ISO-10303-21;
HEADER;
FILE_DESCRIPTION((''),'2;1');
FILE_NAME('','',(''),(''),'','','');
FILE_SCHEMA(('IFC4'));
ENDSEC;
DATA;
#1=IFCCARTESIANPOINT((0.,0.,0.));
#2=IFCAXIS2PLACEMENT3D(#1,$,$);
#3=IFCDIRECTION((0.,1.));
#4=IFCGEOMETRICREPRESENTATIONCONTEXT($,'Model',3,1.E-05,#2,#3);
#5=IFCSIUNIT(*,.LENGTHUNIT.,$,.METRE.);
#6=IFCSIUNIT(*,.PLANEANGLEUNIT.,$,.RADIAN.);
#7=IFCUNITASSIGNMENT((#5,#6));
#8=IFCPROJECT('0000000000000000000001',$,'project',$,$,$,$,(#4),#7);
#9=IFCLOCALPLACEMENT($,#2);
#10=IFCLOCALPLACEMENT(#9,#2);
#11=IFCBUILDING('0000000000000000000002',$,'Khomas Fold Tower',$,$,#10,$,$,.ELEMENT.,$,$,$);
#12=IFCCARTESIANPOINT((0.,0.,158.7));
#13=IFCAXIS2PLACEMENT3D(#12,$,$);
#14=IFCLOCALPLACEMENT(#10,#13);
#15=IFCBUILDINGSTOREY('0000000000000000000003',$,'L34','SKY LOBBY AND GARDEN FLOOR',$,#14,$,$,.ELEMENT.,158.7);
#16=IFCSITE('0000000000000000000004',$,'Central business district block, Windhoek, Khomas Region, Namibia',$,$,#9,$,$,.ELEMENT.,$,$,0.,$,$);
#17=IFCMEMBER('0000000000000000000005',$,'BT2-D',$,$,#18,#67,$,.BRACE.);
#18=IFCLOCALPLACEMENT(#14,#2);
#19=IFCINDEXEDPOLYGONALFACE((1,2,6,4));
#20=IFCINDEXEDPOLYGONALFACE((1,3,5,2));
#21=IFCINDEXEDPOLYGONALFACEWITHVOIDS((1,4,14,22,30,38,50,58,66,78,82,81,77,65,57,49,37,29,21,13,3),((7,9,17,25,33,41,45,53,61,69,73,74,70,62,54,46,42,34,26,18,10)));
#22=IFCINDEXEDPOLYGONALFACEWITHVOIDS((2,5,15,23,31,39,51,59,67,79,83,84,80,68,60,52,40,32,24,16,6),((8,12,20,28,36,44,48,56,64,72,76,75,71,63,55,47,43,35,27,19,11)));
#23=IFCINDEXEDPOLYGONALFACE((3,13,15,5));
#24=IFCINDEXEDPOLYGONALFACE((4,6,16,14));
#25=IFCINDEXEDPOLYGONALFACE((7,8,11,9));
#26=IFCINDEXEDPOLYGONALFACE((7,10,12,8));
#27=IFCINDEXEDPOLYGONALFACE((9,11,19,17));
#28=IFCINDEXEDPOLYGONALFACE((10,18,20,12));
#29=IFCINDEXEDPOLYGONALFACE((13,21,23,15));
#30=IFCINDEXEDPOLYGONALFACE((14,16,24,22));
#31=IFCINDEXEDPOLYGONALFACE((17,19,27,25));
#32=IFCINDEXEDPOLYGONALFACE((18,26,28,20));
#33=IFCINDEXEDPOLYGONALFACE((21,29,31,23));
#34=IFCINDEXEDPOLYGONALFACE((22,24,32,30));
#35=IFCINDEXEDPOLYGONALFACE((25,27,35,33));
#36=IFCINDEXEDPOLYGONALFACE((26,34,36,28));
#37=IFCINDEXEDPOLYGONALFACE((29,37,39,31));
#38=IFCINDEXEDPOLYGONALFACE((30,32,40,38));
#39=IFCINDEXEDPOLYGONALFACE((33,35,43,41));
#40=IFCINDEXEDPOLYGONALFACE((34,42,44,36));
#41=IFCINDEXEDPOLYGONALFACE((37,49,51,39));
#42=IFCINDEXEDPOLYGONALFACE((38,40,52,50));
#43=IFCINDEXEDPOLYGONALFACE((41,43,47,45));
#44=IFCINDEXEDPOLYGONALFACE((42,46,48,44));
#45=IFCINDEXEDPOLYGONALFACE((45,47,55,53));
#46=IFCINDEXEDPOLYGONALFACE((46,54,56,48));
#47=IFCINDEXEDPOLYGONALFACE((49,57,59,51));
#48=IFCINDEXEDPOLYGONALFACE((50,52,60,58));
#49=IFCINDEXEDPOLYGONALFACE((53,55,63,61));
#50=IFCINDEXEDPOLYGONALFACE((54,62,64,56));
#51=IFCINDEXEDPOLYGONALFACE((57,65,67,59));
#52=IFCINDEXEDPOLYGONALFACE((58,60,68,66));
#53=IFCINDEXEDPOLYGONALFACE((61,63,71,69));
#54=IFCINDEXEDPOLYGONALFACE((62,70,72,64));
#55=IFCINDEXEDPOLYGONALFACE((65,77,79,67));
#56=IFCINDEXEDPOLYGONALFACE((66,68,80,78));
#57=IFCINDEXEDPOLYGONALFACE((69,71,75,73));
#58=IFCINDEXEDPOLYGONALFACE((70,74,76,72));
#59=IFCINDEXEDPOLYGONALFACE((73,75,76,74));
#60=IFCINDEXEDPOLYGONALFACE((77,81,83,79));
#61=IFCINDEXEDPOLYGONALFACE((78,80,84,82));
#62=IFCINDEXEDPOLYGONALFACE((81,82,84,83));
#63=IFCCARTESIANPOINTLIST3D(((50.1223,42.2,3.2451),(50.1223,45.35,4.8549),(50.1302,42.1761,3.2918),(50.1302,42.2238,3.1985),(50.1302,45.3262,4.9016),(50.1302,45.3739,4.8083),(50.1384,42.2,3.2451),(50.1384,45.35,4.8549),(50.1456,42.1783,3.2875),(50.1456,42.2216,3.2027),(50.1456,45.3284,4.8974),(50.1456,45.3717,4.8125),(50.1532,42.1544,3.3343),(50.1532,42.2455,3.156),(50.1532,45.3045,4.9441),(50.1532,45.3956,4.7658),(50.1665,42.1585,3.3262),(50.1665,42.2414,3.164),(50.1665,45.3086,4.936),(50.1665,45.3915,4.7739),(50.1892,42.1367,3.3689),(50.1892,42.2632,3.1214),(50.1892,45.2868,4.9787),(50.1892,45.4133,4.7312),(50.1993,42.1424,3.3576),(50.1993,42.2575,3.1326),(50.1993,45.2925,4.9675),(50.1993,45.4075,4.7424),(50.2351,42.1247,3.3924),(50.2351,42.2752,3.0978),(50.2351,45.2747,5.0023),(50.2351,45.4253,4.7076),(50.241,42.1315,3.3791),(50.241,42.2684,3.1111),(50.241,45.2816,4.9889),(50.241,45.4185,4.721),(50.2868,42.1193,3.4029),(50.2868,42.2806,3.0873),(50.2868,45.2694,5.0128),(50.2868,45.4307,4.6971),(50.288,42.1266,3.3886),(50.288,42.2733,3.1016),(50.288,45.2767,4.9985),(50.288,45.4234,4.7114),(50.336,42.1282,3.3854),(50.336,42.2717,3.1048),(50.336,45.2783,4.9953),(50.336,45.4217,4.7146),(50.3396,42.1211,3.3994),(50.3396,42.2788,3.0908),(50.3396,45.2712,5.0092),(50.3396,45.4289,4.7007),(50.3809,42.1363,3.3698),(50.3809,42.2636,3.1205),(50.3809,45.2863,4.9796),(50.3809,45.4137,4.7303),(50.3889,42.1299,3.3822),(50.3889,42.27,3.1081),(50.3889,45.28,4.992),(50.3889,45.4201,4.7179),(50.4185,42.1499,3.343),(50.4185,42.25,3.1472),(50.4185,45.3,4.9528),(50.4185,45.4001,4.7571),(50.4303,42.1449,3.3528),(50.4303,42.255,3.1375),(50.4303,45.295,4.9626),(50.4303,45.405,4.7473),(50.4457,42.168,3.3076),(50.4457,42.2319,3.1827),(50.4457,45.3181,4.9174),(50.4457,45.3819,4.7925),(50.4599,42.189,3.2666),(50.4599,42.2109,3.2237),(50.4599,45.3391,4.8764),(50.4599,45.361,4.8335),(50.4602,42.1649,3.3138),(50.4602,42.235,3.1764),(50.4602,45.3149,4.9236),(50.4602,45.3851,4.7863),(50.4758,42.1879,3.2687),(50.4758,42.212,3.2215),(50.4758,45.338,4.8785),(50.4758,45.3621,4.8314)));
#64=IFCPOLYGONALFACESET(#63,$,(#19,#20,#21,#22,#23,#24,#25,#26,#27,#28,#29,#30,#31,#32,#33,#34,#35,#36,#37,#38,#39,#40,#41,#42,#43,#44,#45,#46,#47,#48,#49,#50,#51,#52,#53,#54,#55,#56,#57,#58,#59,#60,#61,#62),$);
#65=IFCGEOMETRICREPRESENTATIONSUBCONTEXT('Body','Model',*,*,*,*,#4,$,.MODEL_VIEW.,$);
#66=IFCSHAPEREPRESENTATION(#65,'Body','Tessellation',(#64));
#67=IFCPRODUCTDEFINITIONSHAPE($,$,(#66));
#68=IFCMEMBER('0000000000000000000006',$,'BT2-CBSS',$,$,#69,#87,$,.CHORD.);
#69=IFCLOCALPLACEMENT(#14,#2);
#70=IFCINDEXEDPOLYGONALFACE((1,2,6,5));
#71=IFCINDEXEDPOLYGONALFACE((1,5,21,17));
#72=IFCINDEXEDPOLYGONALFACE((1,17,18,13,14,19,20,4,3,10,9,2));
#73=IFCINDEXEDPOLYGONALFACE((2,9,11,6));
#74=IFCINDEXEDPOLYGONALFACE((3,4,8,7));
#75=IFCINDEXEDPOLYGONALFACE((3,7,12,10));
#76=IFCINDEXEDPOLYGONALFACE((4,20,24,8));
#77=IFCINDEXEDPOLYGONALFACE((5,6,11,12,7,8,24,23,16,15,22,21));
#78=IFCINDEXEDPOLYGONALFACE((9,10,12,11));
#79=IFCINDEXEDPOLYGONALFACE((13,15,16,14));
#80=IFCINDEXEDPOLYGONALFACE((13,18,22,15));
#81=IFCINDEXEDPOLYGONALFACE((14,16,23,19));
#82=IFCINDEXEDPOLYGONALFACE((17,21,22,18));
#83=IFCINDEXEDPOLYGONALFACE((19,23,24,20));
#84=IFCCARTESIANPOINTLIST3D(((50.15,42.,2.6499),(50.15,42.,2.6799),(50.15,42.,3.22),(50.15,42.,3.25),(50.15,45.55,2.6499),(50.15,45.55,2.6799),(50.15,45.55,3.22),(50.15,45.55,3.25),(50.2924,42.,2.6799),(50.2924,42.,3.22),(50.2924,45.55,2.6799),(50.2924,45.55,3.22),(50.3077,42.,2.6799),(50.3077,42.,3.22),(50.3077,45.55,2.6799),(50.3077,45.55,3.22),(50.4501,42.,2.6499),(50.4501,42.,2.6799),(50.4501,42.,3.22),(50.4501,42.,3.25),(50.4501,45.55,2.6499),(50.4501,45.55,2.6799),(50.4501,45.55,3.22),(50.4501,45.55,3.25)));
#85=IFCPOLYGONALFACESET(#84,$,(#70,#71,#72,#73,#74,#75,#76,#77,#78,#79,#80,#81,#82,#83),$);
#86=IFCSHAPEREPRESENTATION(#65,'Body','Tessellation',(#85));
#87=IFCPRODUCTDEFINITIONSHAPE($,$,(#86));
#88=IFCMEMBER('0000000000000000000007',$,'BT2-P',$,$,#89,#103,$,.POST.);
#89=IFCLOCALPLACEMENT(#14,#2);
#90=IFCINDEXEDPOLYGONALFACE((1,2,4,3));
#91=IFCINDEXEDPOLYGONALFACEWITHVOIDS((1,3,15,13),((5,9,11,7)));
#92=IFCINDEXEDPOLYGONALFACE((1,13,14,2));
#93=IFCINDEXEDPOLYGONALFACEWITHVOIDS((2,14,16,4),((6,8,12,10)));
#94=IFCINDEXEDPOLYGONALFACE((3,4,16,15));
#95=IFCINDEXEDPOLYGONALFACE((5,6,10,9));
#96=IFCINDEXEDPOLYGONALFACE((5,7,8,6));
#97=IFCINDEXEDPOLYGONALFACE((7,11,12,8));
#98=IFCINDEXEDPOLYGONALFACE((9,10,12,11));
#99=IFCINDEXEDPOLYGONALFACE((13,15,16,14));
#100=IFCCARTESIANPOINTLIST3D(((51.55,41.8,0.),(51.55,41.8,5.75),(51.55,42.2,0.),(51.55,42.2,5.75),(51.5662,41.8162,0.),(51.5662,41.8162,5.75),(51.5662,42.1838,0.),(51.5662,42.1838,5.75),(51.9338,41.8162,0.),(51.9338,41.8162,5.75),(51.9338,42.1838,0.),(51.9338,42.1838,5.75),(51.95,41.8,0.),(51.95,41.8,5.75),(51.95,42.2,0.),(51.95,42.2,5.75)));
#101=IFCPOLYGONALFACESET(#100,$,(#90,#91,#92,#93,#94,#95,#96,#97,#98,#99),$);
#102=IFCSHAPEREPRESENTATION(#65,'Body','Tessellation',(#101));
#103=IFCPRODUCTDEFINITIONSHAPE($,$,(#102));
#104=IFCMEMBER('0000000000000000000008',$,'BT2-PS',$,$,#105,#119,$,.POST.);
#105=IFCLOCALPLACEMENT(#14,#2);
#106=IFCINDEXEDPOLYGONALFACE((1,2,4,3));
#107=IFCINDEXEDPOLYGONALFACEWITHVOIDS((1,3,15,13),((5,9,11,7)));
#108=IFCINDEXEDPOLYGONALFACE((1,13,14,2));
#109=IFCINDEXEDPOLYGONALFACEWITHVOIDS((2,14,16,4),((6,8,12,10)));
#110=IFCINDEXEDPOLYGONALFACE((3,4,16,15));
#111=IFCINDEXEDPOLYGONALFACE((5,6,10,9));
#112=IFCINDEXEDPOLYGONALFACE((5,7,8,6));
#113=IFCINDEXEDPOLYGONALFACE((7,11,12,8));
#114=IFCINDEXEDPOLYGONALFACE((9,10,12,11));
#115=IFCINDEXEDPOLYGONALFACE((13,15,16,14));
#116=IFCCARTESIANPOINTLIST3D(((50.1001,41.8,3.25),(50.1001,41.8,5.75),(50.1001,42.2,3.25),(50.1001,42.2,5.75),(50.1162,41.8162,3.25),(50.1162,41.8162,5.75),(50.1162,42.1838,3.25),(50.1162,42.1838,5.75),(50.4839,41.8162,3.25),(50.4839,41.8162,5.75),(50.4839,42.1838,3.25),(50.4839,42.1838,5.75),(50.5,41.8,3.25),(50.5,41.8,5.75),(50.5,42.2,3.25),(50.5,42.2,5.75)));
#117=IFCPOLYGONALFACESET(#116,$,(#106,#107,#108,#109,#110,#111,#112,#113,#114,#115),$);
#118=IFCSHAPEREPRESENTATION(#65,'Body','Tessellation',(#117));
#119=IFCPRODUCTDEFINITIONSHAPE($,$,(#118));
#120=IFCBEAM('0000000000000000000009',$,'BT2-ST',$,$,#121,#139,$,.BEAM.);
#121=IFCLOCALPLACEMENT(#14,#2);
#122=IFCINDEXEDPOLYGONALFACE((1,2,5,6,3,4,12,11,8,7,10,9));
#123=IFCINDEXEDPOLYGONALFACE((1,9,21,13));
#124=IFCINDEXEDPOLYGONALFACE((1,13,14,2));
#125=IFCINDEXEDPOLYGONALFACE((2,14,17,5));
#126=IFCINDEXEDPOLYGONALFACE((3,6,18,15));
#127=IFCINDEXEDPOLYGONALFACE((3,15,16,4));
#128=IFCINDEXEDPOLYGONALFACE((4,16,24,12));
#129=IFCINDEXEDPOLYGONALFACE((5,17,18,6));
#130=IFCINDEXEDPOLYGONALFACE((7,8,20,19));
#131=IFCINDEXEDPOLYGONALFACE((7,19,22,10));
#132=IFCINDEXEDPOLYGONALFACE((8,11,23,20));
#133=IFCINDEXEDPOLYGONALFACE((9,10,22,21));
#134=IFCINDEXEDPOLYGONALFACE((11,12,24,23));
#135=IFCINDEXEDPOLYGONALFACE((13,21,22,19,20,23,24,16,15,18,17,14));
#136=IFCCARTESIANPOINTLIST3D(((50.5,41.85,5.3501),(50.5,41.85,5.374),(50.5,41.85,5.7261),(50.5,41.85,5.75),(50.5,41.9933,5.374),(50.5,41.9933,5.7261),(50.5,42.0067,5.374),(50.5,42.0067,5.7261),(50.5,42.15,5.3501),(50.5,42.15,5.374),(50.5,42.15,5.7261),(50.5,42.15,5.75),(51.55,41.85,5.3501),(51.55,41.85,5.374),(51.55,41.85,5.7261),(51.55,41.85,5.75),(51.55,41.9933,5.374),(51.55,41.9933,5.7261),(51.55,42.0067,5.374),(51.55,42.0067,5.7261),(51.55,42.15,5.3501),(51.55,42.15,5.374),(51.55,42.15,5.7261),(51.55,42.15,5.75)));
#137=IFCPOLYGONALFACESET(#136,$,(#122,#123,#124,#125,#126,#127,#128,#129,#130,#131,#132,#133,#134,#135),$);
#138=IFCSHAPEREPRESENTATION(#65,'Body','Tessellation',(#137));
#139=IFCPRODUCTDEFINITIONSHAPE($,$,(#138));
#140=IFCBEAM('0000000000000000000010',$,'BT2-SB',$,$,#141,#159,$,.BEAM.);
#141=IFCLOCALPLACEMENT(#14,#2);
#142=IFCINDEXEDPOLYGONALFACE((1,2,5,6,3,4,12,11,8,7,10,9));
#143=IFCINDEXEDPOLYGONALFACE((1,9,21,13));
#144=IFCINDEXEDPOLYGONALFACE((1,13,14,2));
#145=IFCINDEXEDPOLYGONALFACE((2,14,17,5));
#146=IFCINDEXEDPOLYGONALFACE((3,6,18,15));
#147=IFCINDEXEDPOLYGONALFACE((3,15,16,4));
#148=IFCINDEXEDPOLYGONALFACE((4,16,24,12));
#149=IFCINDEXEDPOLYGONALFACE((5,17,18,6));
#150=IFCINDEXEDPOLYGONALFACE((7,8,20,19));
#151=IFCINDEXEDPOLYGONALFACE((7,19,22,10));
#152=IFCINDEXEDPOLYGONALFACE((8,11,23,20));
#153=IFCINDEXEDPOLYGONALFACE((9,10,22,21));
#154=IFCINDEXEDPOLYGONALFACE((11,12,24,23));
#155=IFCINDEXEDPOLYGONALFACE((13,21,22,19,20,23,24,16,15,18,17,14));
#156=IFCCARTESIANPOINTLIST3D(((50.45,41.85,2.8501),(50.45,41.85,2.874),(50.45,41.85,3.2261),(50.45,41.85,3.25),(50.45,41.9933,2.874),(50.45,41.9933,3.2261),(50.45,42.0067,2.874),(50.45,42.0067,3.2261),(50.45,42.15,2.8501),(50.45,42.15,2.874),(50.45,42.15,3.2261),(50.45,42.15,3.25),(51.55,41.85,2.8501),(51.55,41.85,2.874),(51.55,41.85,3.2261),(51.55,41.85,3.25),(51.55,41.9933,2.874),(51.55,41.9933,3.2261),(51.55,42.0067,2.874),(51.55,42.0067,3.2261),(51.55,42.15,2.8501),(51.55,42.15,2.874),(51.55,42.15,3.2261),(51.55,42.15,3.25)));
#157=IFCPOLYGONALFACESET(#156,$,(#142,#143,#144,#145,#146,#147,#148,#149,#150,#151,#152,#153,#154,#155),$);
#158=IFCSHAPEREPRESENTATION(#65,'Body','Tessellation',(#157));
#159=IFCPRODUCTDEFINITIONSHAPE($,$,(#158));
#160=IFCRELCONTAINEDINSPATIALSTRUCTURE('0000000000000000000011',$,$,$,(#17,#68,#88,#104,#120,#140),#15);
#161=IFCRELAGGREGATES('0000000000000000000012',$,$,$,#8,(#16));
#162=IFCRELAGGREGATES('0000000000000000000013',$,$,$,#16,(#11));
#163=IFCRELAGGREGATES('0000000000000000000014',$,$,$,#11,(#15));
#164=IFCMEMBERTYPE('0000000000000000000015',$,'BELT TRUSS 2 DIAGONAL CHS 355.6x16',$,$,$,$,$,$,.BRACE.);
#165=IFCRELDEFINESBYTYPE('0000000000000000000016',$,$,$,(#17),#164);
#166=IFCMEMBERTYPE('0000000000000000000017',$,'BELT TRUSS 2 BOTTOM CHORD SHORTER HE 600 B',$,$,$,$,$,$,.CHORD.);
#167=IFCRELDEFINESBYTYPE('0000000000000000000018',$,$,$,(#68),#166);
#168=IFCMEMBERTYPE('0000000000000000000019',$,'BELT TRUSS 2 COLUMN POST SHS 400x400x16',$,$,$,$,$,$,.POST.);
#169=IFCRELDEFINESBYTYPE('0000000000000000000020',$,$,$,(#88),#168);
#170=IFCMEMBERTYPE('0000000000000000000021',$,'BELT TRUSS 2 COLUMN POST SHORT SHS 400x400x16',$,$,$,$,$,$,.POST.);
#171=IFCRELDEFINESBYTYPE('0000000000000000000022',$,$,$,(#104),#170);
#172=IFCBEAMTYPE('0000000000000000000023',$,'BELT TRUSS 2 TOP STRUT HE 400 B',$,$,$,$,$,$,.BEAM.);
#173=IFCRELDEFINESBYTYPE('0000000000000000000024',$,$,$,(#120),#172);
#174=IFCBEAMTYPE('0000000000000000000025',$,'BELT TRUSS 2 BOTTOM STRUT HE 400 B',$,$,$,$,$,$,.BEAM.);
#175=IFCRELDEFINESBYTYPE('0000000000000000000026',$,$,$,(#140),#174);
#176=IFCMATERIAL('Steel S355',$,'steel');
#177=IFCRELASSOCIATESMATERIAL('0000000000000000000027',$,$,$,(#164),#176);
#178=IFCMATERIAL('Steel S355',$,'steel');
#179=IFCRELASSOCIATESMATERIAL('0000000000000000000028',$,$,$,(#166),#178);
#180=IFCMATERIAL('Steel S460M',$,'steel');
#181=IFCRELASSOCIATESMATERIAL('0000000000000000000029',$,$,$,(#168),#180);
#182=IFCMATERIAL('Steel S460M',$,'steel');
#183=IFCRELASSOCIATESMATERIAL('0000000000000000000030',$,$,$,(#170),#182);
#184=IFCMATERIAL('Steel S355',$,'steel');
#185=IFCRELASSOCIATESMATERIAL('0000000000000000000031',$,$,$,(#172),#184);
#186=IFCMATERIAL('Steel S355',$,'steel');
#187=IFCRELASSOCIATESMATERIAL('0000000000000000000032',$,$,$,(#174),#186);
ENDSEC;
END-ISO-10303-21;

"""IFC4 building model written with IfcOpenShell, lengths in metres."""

from ifc_helpers import new_model, si_unit, direction, frame, origin, origin_2d, place, context, subcontext, project, spatial, hollow_rectangle, hollow_circle, i_section, extrude, source, transform, mapped, material, material_profile, profile_set, type_object, element, save


model = new_model("IFC4")

# Units and contexts
model_context = context("Model", 3, precision=1e-05, world=origin(), true_north=direction((0.0, 1.0)))
body_context = subcontext(model_context, "Body", "Model", "MODEL_VIEW")
ifc_project = project(units=[si_unit("LENGTHUNIT", "METRE"), si_unit("PLANEANGLEUNIT", "RADIAN")], contexts=[model_context])

# Site, building, storey
site_placement = place(None, origin())
site = spatial("IfcSite", under=ifc_project, at=site_placement, Name="Central business district block, Windhoek, Khomas Region, Namibia", CompositionType="ELEMENT", RefElevation=0.0)
building_placement = place(site_placement, origin())
building = spatial("IfcBuilding", under=site, at=building_placement, Name="Khomas Fold Tower", CompositionType="ELEMENT")
storey_placement = place(building_placement, frame((0.0, 0.0, 158.7)))
storey = spatial("IfcBuildingStorey", under=building, at=storey_placement, Name="L34", Description="SKY LOBBY AND GARDEN FLOOR", CompositionType="ELEMENT", Elevation=158.7)

# Members
ifc_material_1 = material(Name="Steel S355", Category="steel")
ifc_material_profile_1 = material_profile(ifc_material_1, hollow_circle(Radius=0.1777, WallThickness=0.0161, at=origin_2d()), Name="CHS 355.6x16")
ifc_profile_set_1 = profile_set([ifc_material_profile_1], Name="Steel S355")
member_type_1 = type_object("IfcMemberType", Name="BELT TRUSS 2 DIAGONAL CHS 355.6x16", PredefinedType="BRACE", material=ifc_profile_set_1)
shared_shape_1 = source(origin(), body_context, "Body", "SweptSolid", [
    extrude(hollow_circle(Radius=0.1777, WallThickness=0.0161, at=origin_2d()), origin(), (0.0, 0.0, 1.0), 3.5376),
])
member_1_placement = place(storey_placement, frame((50.3, 42.2, 3.2451), z_axis=(0.0, 0.890459, 0.455064), x_axis=(-1.0, 0.0, 0.0)))
element("IfcMember", 1, at=member_1_placement, inside=storey, type_object=member_type_1, Name="BT2-D", PredefinedType="BRACE", context=body_context, shape_type="MappedRepresentation", body=[
    mapped(shared_shape_1, transform((0.0, 0.0, 0.0))),
])
ifc_material_2 = material(Name="Steel S355", Category="steel")
ifc_material_profile_2 = material_profile(ifc_material_2, i_section(OverallWidth=0.3, OverallDepth=0.6001, WebThickness=0.0154, FlangeThickness=0.03, at=origin_2d()), Name="HE 600 B")
ifc_profile_set_2 = profile_set([ifc_material_profile_2], Name="Steel S355")
member_type_2 = type_object("IfcMemberType", Name="BELT TRUSS 2 BOTTOM CHORD SHORTER HE 600 B", PredefinedType="CHORD", material=ifc_profile_set_2)
shared_shape_2 = source(origin(), body_context, "Body", "SweptSolid", [
    extrude(i_section(OverallWidth=0.3, OverallDepth=0.6001, WebThickness=0.0154, FlangeThickness=0.03, at=origin_2d()), origin(), (0.0, 0.0, 1.0), 3.55),
])
member_2_placement = place(storey_placement, frame((50.3, 42.0, 2.95), z_axis=(0.0, 1.0, 0.0), x_axis=(-1.0, 0.0, 0.0)))
element("IfcMember", 2, at=member_2_placement, inside=storey, type_object=member_type_2, Name="BT2-CBSS", PredefinedType="CHORD", context=body_context, shape_type="MappedRepresentation", body=[
    mapped(shared_shape_2, transform((0.0, 0.0, 0.0))),
])
ifc_material_3 = material(Name="Steel S460M", Category="steel")
ifc_material_profile_3 = material_profile(ifc_material_3, hollow_rectangle(XDim=0.3999, YDim=0.3999, WallThickness=0.0161, at=origin_2d()), Name="SHS 400x400x16")
ifc_profile_set_3 = profile_set([ifc_material_profile_3], Name="Steel S460M")
member_type_3 = type_object("IfcMemberType", Name="BELT TRUSS 2 COLUMN POST SHS 400x400x16", PredefinedType="POST", material=ifc_profile_set_3)
shared_shape_3 = source(origin(), body_context, "Body", "SweptSolid", [
    extrude(hollow_rectangle(XDim=0.3999, YDim=0.3999, WallThickness=0.0161, at=origin_2d()), origin(), (0.0, 0.0, 1.0), 5.75),
])
member_3_placement = place(storey_placement, frame((51.75, 42.0, 0.0), z_axis=(0.0, 0.0, 1.0), x_axis=(1.0, 0.0, 0.0)))
element("IfcMember", 3, at=member_3_placement, inside=storey, type_object=member_type_3, Name="BT2-P", PredefinedType="POST", context=body_context, shape_type="MappedRepresentation", body=[
    mapped(shared_shape_3, transform((0.0, 0.0, 0.0))),
])
ifc_material_4 = material(Name="Steel S460M", Category="steel")
ifc_material_profile_4 = material_profile(ifc_material_4, hollow_rectangle(XDim=0.3999, YDim=0.3999, WallThickness=0.0161, at=origin_2d()), Name="SHS 400x400x16")
ifc_profile_set_4 = profile_set([ifc_material_profile_4], Name="Steel S460M")
member_type_4 = type_object("IfcMemberType", Name="BELT TRUSS 2 COLUMN POST SHORT SHS 400x400x16", PredefinedType="POST", material=ifc_profile_set_4)
shared_shape_4 = source(origin(), body_context, "Body", "SweptSolid", [
    extrude(hollow_rectangle(XDim=0.3999, YDim=0.3999, WallThickness=0.0161, at=origin_2d()), origin(), (0.0, 0.0, 1.0), 2.5),
])
member_4_placement = place(storey_placement, frame((50.3, 42.0, 3.25), z_axis=(0.0, 0.0, 1.0), x_axis=(1.0, 0.0, 0.0)))
element("IfcMember", 4, at=member_4_placement, inside=storey, type_object=member_type_4, Name="BT2-PS", PredefinedType="POST", context=body_context, shape_type="MappedRepresentation", body=[
    mapped(shared_shape_4, transform((0.0, 0.0, 0.0))),
])

# Beams
ifc_material_5 = material(Name="Steel S355", Category="steel")
ifc_material_profile_5 = material_profile(ifc_material_5, i_section(OverallWidth=0.3, OverallDepth=0.3999, WebThickness=0.0134, FlangeThickness=0.0239, at=origin_2d()), Name="HE 400 B")
ifc_profile_set_5 = profile_set([ifc_material_profile_5], Name="Steel S355")
beam_type_1 = type_object("IfcBeamType", Name="BELT TRUSS 2 TOP STRUT HE 400 B", PredefinedType="BEAM", material=ifc_profile_set_5)
shared_shape_5 = source(origin(), body_context, "Body", "SweptSolid", [
    extrude(i_section(OverallWidth=0.3, OverallDepth=0.3999, WebThickness=0.0134, FlangeThickness=0.0239, at=origin_2d()), origin(), (0.0, 0.0, 1.0), 1.05),
])
beam_1_placement = place(storey_placement, frame((50.5, 42.0, 5.55), z_axis=(1.0, 0.0, 0.0), x_axis=(0.0, 1.0, 0.0)))
element("IfcBeam", 5, at=beam_1_placement, inside=storey, type_object=beam_type_1, Name="BT2-ST", PredefinedType="BEAM", context=body_context, shape_type="MappedRepresentation", body=[
    mapped(shared_shape_5, transform((0.0, 0.0, 0.0))),
])
ifc_material_6 = material(Name="Steel S355", Category="steel")
ifc_material_profile_6 = material_profile(ifc_material_6, i_section(OverallWidth=0.3, OverallDepth=0.3999, WebThickness=0.0134, FlangeThickness=0.0239, at=origin_2d()), Name="HE 400 B")
ifc_profile_set_6 = profile_set([ifc_material_profile_6], Name="Steel S355")
beam_type_2 = type_object("IfcBeamType", Name="BELT TRUSS 2 BOTTOM STRUT HE 400 B", PredefinedType="BEAM", material=ifc_profile_set_6)
shared_shape_6 = source(origin(), body_context, "Body", "SweptSolid", [
    extrude(i_section(OverallWidth=0.3, OverallDepth=0.3999, WebThickness=0.0134, FlangeThickness=0.0239, at=origin_2d()), origin(), (0.0, 0.0, 1.0), 1.1001),
])
beam_2_placement = place(storey_placement, frame((50.45, 42.0, 3.05), z_axis=(1.0, 0.0, 0.0), x_axis=(0.0, 1.0, 0.0)))
element("IfcBeam", 6, at=beam_2_placement, inside=storey, type_object=beam_type_2, Name="BT2-SB", PredefinedType="BEAM", context=body_context, shape_type="MappedRepresentation", body=[
    mapped(shared_shape_6, transform((0.0, 0.0, 0.0))),
])

save(model, "model.ifc")
